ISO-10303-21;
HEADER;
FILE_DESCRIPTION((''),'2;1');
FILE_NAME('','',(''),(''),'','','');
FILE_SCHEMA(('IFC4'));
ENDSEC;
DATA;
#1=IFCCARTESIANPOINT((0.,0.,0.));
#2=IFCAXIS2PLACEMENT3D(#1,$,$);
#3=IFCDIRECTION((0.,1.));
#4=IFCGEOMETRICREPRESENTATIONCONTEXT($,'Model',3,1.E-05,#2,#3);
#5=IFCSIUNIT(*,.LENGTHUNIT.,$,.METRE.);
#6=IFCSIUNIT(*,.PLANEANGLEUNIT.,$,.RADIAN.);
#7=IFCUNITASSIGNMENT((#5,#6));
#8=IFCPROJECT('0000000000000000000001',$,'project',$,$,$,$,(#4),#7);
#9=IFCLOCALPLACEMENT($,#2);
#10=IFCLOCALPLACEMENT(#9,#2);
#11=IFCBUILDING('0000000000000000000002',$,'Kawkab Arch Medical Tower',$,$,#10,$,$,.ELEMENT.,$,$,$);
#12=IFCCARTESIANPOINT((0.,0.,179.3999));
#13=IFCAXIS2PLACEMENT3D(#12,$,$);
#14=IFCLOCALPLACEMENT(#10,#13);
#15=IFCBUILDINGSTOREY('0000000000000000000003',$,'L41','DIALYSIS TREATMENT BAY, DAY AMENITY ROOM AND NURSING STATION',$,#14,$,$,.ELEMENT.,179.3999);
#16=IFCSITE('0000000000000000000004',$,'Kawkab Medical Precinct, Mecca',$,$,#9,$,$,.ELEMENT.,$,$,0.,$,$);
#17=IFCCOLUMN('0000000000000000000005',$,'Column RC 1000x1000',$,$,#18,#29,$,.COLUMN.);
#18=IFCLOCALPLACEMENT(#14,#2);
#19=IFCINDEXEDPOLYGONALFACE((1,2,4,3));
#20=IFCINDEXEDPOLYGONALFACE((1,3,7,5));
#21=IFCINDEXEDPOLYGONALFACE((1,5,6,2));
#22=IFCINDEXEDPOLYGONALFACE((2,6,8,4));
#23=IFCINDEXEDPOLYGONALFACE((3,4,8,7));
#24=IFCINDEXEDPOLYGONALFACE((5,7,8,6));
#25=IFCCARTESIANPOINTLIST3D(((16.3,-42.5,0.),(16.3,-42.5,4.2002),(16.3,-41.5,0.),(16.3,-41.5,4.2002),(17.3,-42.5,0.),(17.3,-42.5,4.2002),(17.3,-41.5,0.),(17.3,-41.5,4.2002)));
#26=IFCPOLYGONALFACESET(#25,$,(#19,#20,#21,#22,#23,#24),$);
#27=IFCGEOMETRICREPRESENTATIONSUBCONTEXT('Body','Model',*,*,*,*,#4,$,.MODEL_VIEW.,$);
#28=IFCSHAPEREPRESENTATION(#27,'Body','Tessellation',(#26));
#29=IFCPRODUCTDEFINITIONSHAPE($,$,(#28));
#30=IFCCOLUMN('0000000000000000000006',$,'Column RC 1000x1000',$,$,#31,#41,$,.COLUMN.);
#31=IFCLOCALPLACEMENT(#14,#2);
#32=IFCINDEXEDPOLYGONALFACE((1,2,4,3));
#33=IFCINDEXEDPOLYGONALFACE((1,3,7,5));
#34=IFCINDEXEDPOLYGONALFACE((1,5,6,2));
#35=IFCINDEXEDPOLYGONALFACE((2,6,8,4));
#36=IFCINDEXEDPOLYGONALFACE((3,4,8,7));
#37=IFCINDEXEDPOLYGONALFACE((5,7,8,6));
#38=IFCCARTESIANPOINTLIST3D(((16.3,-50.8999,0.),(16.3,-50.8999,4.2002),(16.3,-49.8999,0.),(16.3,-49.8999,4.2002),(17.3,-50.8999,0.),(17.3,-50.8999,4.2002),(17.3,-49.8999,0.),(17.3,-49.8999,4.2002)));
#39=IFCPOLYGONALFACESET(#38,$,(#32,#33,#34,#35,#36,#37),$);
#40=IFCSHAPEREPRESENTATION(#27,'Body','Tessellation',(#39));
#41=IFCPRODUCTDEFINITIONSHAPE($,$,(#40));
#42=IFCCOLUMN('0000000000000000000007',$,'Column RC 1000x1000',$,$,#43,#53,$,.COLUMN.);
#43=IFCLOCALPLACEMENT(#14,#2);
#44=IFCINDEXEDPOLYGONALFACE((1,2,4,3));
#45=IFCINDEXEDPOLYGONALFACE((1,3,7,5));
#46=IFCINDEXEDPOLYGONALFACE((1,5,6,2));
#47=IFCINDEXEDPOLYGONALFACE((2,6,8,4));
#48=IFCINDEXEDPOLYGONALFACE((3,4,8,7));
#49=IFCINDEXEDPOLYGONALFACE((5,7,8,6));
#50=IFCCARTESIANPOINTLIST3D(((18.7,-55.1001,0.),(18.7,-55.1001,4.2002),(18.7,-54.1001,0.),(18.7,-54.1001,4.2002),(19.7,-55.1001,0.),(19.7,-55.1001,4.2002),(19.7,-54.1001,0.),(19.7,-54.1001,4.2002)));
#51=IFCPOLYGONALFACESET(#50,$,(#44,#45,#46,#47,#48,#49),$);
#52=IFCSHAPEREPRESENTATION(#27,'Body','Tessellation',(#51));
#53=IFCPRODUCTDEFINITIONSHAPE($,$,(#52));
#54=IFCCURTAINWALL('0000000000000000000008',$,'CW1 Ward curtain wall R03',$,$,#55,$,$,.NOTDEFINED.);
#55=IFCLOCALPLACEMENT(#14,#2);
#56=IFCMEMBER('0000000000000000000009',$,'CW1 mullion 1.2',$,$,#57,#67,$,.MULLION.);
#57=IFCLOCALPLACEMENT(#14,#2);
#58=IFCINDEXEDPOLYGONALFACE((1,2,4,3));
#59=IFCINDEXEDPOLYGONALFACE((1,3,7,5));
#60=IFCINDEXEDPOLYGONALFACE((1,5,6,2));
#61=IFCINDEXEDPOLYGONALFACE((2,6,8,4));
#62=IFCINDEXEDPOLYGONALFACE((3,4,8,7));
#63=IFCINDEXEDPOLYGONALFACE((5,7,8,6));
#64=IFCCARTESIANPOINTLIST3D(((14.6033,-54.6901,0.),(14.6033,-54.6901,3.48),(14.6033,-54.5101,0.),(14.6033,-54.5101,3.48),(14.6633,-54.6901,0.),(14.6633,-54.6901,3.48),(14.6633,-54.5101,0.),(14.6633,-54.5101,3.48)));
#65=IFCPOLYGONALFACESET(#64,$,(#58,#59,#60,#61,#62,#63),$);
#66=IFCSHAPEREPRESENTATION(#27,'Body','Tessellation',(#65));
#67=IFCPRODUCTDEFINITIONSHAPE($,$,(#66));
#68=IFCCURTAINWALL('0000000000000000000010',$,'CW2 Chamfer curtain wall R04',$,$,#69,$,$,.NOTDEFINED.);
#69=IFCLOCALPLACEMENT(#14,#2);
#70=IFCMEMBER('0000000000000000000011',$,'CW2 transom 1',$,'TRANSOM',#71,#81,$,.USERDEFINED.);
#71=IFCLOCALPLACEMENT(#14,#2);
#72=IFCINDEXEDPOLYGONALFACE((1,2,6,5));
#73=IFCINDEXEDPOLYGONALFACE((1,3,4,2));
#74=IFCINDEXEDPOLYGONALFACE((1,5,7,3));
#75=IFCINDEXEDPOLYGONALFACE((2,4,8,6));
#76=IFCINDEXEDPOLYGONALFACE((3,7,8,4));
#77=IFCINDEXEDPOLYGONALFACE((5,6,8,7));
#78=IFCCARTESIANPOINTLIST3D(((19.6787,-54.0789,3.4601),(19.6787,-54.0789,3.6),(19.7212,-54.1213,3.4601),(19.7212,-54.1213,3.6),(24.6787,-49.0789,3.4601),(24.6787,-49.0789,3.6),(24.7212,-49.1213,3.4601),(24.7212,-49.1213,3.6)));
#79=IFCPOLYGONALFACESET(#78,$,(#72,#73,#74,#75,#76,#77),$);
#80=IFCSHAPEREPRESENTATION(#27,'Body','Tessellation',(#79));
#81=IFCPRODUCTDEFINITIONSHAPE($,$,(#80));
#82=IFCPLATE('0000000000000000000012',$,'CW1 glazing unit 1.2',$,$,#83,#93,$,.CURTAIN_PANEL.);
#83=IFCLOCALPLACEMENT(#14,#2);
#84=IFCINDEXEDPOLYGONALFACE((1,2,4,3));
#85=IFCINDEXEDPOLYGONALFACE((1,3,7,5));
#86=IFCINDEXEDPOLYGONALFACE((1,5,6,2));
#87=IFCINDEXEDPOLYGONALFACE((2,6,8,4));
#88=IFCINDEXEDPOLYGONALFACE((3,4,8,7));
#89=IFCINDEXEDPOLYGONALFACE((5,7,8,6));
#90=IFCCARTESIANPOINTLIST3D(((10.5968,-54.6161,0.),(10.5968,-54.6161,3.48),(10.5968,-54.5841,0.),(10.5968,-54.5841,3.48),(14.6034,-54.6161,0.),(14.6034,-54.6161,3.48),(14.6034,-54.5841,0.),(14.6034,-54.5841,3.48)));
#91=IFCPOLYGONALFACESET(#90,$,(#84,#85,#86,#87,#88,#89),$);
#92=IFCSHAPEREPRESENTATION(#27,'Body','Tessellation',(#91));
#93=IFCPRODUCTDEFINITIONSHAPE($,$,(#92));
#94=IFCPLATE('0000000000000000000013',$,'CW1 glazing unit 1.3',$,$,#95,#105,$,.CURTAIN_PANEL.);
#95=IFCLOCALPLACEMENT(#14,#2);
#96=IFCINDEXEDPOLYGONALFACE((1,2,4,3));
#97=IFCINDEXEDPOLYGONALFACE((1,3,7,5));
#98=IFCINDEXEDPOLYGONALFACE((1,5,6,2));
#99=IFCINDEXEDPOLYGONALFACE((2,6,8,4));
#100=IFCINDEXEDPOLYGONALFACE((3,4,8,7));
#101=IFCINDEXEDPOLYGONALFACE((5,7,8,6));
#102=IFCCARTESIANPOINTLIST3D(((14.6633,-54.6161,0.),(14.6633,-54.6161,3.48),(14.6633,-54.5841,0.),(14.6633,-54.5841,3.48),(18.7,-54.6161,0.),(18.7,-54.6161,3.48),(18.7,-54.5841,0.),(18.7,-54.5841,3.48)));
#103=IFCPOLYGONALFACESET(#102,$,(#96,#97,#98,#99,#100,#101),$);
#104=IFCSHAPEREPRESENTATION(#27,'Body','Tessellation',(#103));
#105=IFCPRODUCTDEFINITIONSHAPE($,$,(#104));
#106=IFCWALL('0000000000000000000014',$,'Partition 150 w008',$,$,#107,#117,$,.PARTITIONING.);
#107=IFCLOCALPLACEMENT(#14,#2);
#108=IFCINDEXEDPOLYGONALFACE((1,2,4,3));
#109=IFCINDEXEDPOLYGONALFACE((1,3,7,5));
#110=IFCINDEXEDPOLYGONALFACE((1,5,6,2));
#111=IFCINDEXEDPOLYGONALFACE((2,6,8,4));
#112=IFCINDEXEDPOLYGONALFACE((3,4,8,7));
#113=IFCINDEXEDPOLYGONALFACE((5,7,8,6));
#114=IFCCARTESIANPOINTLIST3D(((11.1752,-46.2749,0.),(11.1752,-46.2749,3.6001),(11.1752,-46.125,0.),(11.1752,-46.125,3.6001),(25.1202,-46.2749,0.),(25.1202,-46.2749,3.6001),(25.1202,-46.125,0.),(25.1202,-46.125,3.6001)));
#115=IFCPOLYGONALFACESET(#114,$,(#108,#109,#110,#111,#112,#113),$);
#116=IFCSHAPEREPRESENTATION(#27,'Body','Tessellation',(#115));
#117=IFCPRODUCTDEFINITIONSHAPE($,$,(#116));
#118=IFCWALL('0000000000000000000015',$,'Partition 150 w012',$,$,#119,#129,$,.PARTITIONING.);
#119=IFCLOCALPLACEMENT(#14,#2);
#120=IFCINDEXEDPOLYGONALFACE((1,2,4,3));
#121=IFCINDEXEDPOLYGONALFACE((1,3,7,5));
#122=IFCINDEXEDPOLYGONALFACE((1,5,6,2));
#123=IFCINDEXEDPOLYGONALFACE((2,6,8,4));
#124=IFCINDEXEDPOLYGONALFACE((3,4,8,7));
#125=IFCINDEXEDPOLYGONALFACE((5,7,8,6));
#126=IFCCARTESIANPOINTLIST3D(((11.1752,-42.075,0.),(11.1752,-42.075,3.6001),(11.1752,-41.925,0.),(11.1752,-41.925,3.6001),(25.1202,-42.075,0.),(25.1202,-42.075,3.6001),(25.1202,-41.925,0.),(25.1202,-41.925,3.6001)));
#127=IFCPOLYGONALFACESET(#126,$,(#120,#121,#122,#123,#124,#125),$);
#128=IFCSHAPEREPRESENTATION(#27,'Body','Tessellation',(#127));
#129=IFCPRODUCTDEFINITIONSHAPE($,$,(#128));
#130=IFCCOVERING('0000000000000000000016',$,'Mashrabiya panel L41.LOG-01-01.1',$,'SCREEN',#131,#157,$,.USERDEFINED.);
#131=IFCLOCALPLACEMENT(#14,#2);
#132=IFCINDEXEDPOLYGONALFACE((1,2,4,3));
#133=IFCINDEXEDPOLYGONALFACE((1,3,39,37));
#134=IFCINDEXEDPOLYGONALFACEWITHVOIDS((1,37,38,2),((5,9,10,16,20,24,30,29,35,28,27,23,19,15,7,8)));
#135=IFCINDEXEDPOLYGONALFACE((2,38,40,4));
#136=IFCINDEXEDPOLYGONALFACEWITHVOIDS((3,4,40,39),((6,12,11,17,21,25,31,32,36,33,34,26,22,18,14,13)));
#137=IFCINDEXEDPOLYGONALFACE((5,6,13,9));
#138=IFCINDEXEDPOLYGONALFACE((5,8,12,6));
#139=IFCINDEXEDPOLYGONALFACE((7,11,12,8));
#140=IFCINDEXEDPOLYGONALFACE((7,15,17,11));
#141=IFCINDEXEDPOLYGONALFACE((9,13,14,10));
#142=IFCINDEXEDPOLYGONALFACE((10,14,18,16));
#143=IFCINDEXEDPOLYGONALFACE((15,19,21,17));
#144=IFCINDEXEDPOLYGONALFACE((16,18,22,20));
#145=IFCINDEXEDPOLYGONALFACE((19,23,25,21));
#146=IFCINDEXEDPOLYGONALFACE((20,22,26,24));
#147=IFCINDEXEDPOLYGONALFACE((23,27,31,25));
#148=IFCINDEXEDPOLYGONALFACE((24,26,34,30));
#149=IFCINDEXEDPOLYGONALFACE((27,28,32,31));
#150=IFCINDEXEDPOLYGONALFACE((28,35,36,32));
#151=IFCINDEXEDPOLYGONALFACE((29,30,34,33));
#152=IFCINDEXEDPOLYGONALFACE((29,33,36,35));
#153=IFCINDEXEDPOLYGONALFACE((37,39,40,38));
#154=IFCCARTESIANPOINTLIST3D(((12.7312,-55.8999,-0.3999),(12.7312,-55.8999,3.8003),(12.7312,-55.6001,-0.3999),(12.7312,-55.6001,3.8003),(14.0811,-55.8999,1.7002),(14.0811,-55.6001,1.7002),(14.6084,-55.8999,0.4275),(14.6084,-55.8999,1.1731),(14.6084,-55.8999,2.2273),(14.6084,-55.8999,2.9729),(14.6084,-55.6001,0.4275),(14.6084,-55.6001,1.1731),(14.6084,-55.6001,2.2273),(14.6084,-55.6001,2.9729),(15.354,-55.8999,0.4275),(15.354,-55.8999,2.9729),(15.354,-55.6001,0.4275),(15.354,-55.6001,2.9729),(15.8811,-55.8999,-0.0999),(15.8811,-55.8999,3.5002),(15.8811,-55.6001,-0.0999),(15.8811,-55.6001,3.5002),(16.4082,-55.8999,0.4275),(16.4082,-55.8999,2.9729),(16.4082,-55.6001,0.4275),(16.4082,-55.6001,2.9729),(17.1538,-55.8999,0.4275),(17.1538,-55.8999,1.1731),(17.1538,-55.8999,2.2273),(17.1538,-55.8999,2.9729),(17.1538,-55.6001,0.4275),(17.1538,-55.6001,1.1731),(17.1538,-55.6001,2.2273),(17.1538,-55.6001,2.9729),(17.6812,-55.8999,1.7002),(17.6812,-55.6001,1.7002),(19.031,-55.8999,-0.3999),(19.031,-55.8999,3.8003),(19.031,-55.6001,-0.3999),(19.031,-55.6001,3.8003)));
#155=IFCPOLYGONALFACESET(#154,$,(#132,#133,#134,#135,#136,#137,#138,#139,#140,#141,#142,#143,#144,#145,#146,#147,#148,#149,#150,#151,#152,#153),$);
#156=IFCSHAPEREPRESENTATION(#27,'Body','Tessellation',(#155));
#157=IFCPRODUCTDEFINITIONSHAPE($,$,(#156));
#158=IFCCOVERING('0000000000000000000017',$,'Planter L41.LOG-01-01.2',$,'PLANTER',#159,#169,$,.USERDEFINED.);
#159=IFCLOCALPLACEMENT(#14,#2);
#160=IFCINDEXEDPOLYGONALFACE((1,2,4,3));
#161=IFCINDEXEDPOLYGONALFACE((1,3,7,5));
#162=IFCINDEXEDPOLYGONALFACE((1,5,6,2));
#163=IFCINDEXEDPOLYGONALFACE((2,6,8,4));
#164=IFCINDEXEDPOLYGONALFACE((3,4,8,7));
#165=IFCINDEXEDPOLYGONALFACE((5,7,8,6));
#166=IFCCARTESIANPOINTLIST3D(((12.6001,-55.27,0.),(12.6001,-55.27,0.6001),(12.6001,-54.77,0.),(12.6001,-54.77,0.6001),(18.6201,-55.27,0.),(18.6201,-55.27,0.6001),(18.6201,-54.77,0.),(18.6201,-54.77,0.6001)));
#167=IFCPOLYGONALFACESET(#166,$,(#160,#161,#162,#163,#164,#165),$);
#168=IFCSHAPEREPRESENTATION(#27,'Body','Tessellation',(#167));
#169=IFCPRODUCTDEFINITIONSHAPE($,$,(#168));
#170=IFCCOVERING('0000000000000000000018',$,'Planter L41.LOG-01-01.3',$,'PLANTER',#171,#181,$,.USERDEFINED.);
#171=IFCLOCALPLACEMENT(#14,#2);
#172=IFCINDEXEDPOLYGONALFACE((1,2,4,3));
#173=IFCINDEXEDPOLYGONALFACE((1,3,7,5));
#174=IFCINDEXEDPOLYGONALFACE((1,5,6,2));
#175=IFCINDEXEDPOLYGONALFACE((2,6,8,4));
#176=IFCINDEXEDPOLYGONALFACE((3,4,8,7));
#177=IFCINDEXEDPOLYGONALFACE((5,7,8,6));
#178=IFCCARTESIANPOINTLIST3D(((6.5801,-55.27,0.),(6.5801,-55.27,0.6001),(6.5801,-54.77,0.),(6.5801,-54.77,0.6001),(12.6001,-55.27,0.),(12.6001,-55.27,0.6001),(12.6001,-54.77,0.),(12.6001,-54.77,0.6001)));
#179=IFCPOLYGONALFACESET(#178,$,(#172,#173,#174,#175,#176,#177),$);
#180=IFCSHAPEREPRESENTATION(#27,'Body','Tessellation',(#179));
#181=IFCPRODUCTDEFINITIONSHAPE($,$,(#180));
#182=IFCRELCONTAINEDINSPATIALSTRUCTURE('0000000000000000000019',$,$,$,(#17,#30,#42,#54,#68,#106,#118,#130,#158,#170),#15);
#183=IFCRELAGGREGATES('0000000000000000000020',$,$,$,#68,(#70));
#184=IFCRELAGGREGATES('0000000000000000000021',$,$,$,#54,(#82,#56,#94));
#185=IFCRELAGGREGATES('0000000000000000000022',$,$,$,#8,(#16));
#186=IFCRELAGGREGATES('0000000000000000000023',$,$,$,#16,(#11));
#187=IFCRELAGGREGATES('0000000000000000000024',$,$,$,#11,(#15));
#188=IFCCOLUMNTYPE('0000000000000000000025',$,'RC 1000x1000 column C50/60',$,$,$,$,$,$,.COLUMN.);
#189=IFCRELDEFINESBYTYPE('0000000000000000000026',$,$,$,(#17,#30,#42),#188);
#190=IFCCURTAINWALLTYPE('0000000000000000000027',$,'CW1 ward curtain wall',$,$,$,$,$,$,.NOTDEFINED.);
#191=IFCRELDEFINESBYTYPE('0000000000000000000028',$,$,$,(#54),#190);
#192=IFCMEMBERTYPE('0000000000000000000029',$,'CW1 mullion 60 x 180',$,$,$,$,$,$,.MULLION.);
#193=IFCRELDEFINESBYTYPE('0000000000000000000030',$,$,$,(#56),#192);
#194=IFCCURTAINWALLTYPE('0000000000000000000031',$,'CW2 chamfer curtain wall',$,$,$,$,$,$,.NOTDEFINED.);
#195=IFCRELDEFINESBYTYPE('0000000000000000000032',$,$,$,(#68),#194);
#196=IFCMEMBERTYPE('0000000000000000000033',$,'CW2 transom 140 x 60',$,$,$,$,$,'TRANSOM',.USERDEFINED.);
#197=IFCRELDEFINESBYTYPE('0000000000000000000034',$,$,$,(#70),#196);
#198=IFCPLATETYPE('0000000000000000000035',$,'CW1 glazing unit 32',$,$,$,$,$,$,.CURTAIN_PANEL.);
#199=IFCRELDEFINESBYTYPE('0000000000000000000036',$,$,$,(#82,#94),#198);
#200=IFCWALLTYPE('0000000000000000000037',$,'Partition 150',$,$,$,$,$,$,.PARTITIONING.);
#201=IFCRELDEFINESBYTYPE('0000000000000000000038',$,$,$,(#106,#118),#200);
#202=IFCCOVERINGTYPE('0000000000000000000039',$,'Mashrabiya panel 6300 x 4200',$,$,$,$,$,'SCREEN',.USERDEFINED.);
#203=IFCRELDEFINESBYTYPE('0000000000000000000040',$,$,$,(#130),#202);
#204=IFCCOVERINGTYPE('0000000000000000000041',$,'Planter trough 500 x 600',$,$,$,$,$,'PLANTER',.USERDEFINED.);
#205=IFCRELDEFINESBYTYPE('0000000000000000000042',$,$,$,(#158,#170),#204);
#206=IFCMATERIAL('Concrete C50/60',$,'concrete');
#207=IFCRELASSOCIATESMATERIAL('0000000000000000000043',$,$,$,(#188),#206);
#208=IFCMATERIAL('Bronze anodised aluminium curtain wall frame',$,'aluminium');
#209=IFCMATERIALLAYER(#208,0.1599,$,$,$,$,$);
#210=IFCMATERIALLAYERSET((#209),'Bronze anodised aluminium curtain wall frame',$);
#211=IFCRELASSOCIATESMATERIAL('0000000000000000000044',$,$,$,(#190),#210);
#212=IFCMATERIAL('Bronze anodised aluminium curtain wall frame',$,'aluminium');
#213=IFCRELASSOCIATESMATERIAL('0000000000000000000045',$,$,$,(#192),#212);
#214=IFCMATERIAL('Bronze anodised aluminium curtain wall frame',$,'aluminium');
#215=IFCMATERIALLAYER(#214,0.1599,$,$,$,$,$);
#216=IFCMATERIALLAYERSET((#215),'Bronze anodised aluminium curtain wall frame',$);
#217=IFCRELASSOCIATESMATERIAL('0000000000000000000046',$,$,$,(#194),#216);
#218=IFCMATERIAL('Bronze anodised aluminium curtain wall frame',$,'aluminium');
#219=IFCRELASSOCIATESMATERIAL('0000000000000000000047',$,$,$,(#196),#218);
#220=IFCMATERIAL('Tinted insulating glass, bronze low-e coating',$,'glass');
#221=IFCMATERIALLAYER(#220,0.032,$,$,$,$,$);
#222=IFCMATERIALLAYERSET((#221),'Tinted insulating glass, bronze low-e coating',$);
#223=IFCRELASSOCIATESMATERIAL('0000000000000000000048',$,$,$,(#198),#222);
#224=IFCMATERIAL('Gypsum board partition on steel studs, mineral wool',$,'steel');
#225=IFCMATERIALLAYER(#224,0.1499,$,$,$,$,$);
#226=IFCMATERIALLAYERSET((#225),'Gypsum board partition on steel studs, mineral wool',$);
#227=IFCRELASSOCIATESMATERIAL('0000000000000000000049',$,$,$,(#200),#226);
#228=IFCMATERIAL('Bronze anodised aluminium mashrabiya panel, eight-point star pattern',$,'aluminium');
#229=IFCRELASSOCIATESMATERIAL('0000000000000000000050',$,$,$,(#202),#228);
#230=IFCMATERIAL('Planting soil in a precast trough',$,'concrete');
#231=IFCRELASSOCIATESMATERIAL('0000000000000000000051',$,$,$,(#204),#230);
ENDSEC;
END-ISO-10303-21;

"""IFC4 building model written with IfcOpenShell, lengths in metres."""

from ifc_helpers import new_model, si_unit, direction, frame, frame_2d, origin, origin_2d, place, context, subcontext, project, spatial, polyline, rectangle, outline, extrude, material, layer, layer_set, material_profile, profile_set, type_object, element, aggregate, save


model = new_model("IFC4")

# Units and contexts
model_context = context("Model", 3, precision=1e-05, world=origin(), true_north=direction((0.0, 1.0)))
body_context = subcontext(model_context, "Body", "Model", "MODEL_VIEW")
ifc_project = project(units=[si_unit("LENGTHUNIT", "METRE"), si_unit("PLANEANGLEUNIT", "RADIAN")], contexts=[model_context])

# Site, building, storey
site_placement = place(None, origin())
site = spatial("IfcSite", under=ifc_project, at=site_placement, Name="Kawkab Medical Precinct, Mecca", CompositionType="ELEMENT", RefElevation=0.0)
building_placement = place(site_placement, origin())
building = spatial("IfcBuilding", under=site, at=building_placement, Name="Kawkab Arch Medical Tower", CompositionType="ELEMENT")
storey_placement = place(building_placement, frame((0.0, 0.0, 179.3999)))
storey = spatial("IfcBuildingStorey", under=building, at=storey_placement, Name="L41", Description="DIALYSIS TREATMENT BAY, DAY AMENITY ROOM AND NURSING STATION", CompositionType="ELEMENT", Elevation=179.3999)

# Columns
ifc_material_1 = material(Name="Concrete C50/60", Category="concrete")
ifc_material_profile_1 = material_profile(ifc_material_1, rectangle(XDim=1.0, YDim=1.0, at=origin_2d()), Name="RC 1000x1000")
ifc_profile_set_1 = profile_set([ifc_material_profile_1], Name="Concrete C50/60")
column_type = type_object("IfcColumnType", Name="RC 1000x1000 column C50/60", PredefinedType="COLUMN", material=ifc_profile_set_1)
for number, where, z_axis, x_axis, name in (
    (1, (16.8, -42.0, 0.0), (0.0, 0.0, 1.0), (1.0, 0.0, 0.0), "Column RC 1000x1000"),
    (2, (16.8, -50.3999, 0.0), (0.0, 0.0, 1.0), (1.0, 0.0, 0.0), "Column RC 1000x1000"),
    (3, (19.2, -54.6001, 0.0), (0.0, 0.0, 1.0), (1.0, 0.0, 0.0), "Column RC 1000x1000"),
):
    element("IfcColumn", number, at=place(storey_placement, frame(where, z_axis=z_axis, x_axis=x_axis)), inside=storey, type_object=column_type, Name=name, PredefinedType="COLUMN", context=body_context, shape_type="SweptSolid", body=[
        extrude(rectangle(XDim=1.0, YDim=1.0, at=origin_2d()), origin(), (0.0, 0.0, 1.0), 4.2002),
    ])

# Curtain walls, members
ifc_material_2 = material(Name="Bronze anodised aluminium curtain wall frame", Category="aluminium")
ifc_layer_1 = layer(ifc_material_2, 0.1599)
ifc_layer_set_1 = layer_set([ifc_layer_1], Name="Bronze anodised aluminium curtain wall frame")
curtain_wall_type_1 = type_object("IfcCurtainWallType", Name="CW1 ward curtain wall", PredefinedType="NOTDEFINED", material=ifc_layer_set_1)
placement = place(storey_placement, origin())
curtain_wall_1 = element("IfcCurtainWall", 4, at=placement, inside=storey, type_object=curtain_wall_type_1, Name="CW1 Ward curtain wall R03", PredefinedType="NOTDEFINED")
ifc_material_3 = material(Name="Bronze anodised aluminium curtain wall frame", Category="aluminium")
ifc_material_profile_2 = material_profile(ifc_material_3, rectangle(XDim=0.1799, YDim=0.0601, at=origin_2d()), Name="AL 60x180")
ifc_profile_set_2 = profile_set([ifc_material_profile_2], Name="Bronze anodised aluminium curtain wall frame")
member_type_1 = type_object("IfcMemberType", Name="CW1 mullion 60 x 180", PredefinedType="MULLION", material=ifc_profile_set_2)
member_1_placement = place(storey_placement, frame((14.6333, -54.6001, 0.0), z_axis=(0.0, 0.0, 1.0), x_axis=(0.0, 1.0, 0.0)))
member_1 = element("IfcMember", 5, at=member_1_placement, type_object=member_type_1, Name="CW1 mullion 1.2", PredefinedType="MULLION", context=body_context, shape_type="SweptSolid", body=[
    extrude(rectangle(XDim=0.1799, YDim=0.0601, at=origin_2d()), origin(), (0.0, 0.0, 1.0), 3.48),
])
ifc_material_4 = material(Name="Bronze anodised aluminium curtain wall frame", Category="aluminium")
ifc_layer_2 = layer(ifc_material_4, 0.1599)
ifc_layer_set_2 = layer_set([ifc_layer_2], Name="Bronze anodised aluminium curtain wall frame")
curtain_wall_type_2 = type_object("IfcCurtainWallType", Name="CW2 chamfer curtain wall", PredefinedType="NOTDEFINED", material=ifc_layer_set_2)
curtain_wall_2 = element("IfcCurtainWall", 6, at=placement, inside=storey, type_object=curtain_wall_type_2, Name="CW2 Chamfer curtain wall R04", PredefinedType="NOTDEFINED")
ifc_material_5 = material(Name="Bronze anodised aluminium curtain wall frame", Category="aluminium")
ifc_material_profile_3 = material_profile(ifc_material_5, rectangle(XDim=0.0601, YDim=0.1399, at=origin_2d()), Name="AL 60x140")
ifc_profile_set_3 = profile_set([ifc_material_profile_3], Name="Bronze anodised aluminium curtain wall frame")
member_type_2 = type_object("IfcMemberType", Name="CW2 transom 140 x 60", ElementType="TRANSOM", PredefinedType="USERDEFINED", material=ifc_profile_set_3)
member_2_placement = place(storey_placement, frame((19.7, -54.1001, 3.53), z_axis=(0.707107, 0.707107, 0.0), x_axis=(-0.707107, 0.707107, 0.0)))
member_2 = element("IfcMember", 7, at=member_2_placement, type_object=member_type_2, Name="CW2 transom 1", ObjectType="TRANSOM", PredefinedType="USERDEFINED", context=body_context, shape_type="SweptSolid", body=[
    extrude(rectangle(XDim=0.0601, YDim=0.1399, at=origin_2d()), origin(), (0.0, 0.0, 1.0), 7.071),
])
aggregate(curtain_wall_2, [member_2])

# Plates
ifc_material_6 = material(Name="Tinted insulating glass, bronze low-e coating", Category="glass")
ifc_layer_3 = layer(ifc_material_6, 0.032)
ifc_layer_set_3 = layer_set([ifc_layer_3], Name="Tinted insulating glass, bronze low-e coating")
plate_type = type_object("IfcPlateType", Name="CW1 glazing unit 32", PredefinedType="CURTAIN_PANEL", material=ifc_layer_set_3)
plate_1_placement = place(storey_placement, frame((12.6001, -54.6001, 0.0), z_axis=(0.0, 0.0, 1.0), x_axis=(1.0, 0.0, 0.0)))
plate_1 = element("IfcPlate", 8, at=plate_1_placement, type_object=plate_type, Name="CW1 glazing unit 1.2", PredefinedType="CURTAIN_PANEL", context=body_context, shape_type="SweptSolid", body=[
    extrude(rectangle(XDim=4.0066, YDim=0.032, at=origin_2d()), origin(), (0.0, 0.0, 1.0), 3.48),
])
plate_2_placement = place(storey_placement, frame((16.6816, -54.6001, 0.0), z_axis=(0.0, 0.0, 1.0), x_axis=(1.0, 0.0, 0.0)))
plate_2 = element("IfcPlate", 9, at=plate_2_placement, type_object=plate_type, Name="CW1 glazing unit 1.3", PredefinedType="CURTAIN_PANEL", context=body_context, shape_type="SweptSolid", body=[
    extrude(rectangle(XDim=4.0366, YDim=0.032, at=origin_2d()), origin(), (0.0, 0.0, 1.0), 3.48),
])
aggregate(curtain_wall_1, [plate_1, member_1, plate_2])

# Walls
ifc_material_7 = material(Name="Gypsum board partition on steel studs, mineral wool", Category="steel")
ifc_layer_4 = layer(ifc_material_7, 0.1499)
ifc_layer_set_4 = layer_set([ifc_layer_4], Name="Gypsum board partition on steel studs, mineral wool")
wall_type = type_object("IfcWallType", Name="Partition 150", PredefinedType="PARTITIONING", material=ifc_layer_set_4)
for number, where, z_axis, x_axis, name in (
    (10, (11.175, -46.2, 0.0), (0.0, 0.0, 1.0), (1.0, 0.0, 0.0), "Partition 150 w008"),
    (11, (11.175, -42.0, 0.0), (0.0, 0.0, 1.0), (1.0, 0.0, 0.0), "Partition 150 w012"),
):
    element("IfcWall", number, at=place(storey_placement, frame(where, z_axis=z_axis, x_axis=x_axis)), inside=storey, type_object=wall_type, Name=name, PredefinedType="PARTITIONING", context=body_context, shape_type="SweptSolid", body=[
        extrude(rectangle(XDim=13.9451, YDim=0.1499, at=frame_2d((6.9727, 0.0))), origin(), (0.0, 0.0, 1.0), 3.6001),
    ])

# Coverings
ifc_material_8 = material(Name="Bronze anodised aluminium mashrabiya panel, eight-point star pattern", Category="aluminium")
ifc_material_profile_4 = material_profile(ifc_material_8, outline(polyline([(-3.1499, -2.1001), (3.1499, -2.1001), (3.1499, 2.1001), (-3.1499, 2.1001), (-3.1499, -2.1001)]), holes=[polyline([(1.8, 0.0), (1.2727, 0.5271), (1.2727, 1.2727), (0.5271, 1.2727), (0.0, 1.8), (-0.5271, 1.2727), (-1.2727, 1.2727), (-1.2727, 0.5271), (-1.8, 0.0), (-1.2727, -0.5271), (-1.2727, -1.2727), (-0.5271, -1.2727), (0.0, -1.8), (0.5271, -1.2727), (1.2727, -1.2727), (1.2727, -0.5271), (1.8, 0.0)])]), Name="Mashrabiya panel 6300x4200")
ifc_profile_set_4 = profile_set([ifc_material_profile_4], Name="Bronze anodised aluminium mashrabiya panel, eight-point star pattern")
covering_type_1 = type_object("IfcCoveringType", Name="Mashrabiya panel 6300 x 4200", ElementType="SCREEN", PredefinedType="USERDEFINED", material=ifc_profile_set_4)
covering_placement = place(storey_placement, frame((15.8811, -55.6001, 1.7002), z_axis=(0.0, -1.0, 0.0), x_axis=(1.0, 0.0, 0.0)))
element("IfcCovering", 12, at=covering_placement, inside=storey, type_object=covering_type_1, Name="Mashrabiya panel L41.LOG-01-01.1", ObjectType="SCREEN", PredefinedType="USERDEFINED", context=body_context, shape_type="SweptSolid", body=[
    extrude(outline(polyline([(-3.1499, -2.1001), (3.1499, -2.1001), (3.1499, 2.1001), (-3.1499, 2.1001), (-3.1499, -2.1001)]), holes=[polyline([(1.8, 0.0), (1.2727, 0.5271), (1.2727, 1.2727), (0.5271, 1.2727), (0.0, 1.8), (-0.5271, 1.2727), (-1.2727, 1.2727), (-1.2727, 0.5271), (-1.8, 0.0), (-1.2727, -0.5271), (-1.2727, -1.2727), (-0.5271, -1.2727), (0.0, -1.8), (0.5271, -1.2727), (1.2727, -1.2727), (1.2727, -0.5271), (1.8, 0.0)])]), origin(), (0.0, 0.0, 1.0), 0.2998),
])
ifc_material_9 = material(Name="Planting soil in a precast trough", Category="concrete")
ifc_material_profile_5 = material_profile(ifc_material_9, rectangle(XDim=0.5, YDim=0.6001, at=origin_2d()), Name="Trough 500x600")
ifc_profile_set_5 = profile_set([ifc_material_profile_5], Name="Planting soil in a precast trough")
covering_type_2 = type_object("IfcCoveringType", Name="Planter trough 500 x 600", ElementType="PLANTER", PredefinedType="USERDEFINED", material=ifc_profile_set_5)
for number, where, z_axis, x_axis, name in (
    (13, (18.6201, -55.02, 0.3), (-1.0, 0.0, 0.0), (0.0, -1.0, 0.0), "Planter L41.LOG-01-01.2"),
    (14, (12.6001, -55.02, 0.3), (-1.0, 0.0, 0.0), (0.0, -1.0, 0.0), "Planter L41.LOG-01-01.3"),
):
    element("IfcCovering", number, at=place(storey_placement, frame(where, z_axis=z_axis, x_axis=x_axis)), inside=storey, type_object=covering_type_2, Name=name, ObjectType="PLANTER", PredefinedType="USERDEFINED", context=body_context, shape_type="SweptSolid", body=[
        extrude(rectangle(XDim=0.5, YDim=0.6001, at=origin_2d()), origin(), (0.0, 0.0, 1.0), 6.02),
    ])

save(model, "model.ifc")
